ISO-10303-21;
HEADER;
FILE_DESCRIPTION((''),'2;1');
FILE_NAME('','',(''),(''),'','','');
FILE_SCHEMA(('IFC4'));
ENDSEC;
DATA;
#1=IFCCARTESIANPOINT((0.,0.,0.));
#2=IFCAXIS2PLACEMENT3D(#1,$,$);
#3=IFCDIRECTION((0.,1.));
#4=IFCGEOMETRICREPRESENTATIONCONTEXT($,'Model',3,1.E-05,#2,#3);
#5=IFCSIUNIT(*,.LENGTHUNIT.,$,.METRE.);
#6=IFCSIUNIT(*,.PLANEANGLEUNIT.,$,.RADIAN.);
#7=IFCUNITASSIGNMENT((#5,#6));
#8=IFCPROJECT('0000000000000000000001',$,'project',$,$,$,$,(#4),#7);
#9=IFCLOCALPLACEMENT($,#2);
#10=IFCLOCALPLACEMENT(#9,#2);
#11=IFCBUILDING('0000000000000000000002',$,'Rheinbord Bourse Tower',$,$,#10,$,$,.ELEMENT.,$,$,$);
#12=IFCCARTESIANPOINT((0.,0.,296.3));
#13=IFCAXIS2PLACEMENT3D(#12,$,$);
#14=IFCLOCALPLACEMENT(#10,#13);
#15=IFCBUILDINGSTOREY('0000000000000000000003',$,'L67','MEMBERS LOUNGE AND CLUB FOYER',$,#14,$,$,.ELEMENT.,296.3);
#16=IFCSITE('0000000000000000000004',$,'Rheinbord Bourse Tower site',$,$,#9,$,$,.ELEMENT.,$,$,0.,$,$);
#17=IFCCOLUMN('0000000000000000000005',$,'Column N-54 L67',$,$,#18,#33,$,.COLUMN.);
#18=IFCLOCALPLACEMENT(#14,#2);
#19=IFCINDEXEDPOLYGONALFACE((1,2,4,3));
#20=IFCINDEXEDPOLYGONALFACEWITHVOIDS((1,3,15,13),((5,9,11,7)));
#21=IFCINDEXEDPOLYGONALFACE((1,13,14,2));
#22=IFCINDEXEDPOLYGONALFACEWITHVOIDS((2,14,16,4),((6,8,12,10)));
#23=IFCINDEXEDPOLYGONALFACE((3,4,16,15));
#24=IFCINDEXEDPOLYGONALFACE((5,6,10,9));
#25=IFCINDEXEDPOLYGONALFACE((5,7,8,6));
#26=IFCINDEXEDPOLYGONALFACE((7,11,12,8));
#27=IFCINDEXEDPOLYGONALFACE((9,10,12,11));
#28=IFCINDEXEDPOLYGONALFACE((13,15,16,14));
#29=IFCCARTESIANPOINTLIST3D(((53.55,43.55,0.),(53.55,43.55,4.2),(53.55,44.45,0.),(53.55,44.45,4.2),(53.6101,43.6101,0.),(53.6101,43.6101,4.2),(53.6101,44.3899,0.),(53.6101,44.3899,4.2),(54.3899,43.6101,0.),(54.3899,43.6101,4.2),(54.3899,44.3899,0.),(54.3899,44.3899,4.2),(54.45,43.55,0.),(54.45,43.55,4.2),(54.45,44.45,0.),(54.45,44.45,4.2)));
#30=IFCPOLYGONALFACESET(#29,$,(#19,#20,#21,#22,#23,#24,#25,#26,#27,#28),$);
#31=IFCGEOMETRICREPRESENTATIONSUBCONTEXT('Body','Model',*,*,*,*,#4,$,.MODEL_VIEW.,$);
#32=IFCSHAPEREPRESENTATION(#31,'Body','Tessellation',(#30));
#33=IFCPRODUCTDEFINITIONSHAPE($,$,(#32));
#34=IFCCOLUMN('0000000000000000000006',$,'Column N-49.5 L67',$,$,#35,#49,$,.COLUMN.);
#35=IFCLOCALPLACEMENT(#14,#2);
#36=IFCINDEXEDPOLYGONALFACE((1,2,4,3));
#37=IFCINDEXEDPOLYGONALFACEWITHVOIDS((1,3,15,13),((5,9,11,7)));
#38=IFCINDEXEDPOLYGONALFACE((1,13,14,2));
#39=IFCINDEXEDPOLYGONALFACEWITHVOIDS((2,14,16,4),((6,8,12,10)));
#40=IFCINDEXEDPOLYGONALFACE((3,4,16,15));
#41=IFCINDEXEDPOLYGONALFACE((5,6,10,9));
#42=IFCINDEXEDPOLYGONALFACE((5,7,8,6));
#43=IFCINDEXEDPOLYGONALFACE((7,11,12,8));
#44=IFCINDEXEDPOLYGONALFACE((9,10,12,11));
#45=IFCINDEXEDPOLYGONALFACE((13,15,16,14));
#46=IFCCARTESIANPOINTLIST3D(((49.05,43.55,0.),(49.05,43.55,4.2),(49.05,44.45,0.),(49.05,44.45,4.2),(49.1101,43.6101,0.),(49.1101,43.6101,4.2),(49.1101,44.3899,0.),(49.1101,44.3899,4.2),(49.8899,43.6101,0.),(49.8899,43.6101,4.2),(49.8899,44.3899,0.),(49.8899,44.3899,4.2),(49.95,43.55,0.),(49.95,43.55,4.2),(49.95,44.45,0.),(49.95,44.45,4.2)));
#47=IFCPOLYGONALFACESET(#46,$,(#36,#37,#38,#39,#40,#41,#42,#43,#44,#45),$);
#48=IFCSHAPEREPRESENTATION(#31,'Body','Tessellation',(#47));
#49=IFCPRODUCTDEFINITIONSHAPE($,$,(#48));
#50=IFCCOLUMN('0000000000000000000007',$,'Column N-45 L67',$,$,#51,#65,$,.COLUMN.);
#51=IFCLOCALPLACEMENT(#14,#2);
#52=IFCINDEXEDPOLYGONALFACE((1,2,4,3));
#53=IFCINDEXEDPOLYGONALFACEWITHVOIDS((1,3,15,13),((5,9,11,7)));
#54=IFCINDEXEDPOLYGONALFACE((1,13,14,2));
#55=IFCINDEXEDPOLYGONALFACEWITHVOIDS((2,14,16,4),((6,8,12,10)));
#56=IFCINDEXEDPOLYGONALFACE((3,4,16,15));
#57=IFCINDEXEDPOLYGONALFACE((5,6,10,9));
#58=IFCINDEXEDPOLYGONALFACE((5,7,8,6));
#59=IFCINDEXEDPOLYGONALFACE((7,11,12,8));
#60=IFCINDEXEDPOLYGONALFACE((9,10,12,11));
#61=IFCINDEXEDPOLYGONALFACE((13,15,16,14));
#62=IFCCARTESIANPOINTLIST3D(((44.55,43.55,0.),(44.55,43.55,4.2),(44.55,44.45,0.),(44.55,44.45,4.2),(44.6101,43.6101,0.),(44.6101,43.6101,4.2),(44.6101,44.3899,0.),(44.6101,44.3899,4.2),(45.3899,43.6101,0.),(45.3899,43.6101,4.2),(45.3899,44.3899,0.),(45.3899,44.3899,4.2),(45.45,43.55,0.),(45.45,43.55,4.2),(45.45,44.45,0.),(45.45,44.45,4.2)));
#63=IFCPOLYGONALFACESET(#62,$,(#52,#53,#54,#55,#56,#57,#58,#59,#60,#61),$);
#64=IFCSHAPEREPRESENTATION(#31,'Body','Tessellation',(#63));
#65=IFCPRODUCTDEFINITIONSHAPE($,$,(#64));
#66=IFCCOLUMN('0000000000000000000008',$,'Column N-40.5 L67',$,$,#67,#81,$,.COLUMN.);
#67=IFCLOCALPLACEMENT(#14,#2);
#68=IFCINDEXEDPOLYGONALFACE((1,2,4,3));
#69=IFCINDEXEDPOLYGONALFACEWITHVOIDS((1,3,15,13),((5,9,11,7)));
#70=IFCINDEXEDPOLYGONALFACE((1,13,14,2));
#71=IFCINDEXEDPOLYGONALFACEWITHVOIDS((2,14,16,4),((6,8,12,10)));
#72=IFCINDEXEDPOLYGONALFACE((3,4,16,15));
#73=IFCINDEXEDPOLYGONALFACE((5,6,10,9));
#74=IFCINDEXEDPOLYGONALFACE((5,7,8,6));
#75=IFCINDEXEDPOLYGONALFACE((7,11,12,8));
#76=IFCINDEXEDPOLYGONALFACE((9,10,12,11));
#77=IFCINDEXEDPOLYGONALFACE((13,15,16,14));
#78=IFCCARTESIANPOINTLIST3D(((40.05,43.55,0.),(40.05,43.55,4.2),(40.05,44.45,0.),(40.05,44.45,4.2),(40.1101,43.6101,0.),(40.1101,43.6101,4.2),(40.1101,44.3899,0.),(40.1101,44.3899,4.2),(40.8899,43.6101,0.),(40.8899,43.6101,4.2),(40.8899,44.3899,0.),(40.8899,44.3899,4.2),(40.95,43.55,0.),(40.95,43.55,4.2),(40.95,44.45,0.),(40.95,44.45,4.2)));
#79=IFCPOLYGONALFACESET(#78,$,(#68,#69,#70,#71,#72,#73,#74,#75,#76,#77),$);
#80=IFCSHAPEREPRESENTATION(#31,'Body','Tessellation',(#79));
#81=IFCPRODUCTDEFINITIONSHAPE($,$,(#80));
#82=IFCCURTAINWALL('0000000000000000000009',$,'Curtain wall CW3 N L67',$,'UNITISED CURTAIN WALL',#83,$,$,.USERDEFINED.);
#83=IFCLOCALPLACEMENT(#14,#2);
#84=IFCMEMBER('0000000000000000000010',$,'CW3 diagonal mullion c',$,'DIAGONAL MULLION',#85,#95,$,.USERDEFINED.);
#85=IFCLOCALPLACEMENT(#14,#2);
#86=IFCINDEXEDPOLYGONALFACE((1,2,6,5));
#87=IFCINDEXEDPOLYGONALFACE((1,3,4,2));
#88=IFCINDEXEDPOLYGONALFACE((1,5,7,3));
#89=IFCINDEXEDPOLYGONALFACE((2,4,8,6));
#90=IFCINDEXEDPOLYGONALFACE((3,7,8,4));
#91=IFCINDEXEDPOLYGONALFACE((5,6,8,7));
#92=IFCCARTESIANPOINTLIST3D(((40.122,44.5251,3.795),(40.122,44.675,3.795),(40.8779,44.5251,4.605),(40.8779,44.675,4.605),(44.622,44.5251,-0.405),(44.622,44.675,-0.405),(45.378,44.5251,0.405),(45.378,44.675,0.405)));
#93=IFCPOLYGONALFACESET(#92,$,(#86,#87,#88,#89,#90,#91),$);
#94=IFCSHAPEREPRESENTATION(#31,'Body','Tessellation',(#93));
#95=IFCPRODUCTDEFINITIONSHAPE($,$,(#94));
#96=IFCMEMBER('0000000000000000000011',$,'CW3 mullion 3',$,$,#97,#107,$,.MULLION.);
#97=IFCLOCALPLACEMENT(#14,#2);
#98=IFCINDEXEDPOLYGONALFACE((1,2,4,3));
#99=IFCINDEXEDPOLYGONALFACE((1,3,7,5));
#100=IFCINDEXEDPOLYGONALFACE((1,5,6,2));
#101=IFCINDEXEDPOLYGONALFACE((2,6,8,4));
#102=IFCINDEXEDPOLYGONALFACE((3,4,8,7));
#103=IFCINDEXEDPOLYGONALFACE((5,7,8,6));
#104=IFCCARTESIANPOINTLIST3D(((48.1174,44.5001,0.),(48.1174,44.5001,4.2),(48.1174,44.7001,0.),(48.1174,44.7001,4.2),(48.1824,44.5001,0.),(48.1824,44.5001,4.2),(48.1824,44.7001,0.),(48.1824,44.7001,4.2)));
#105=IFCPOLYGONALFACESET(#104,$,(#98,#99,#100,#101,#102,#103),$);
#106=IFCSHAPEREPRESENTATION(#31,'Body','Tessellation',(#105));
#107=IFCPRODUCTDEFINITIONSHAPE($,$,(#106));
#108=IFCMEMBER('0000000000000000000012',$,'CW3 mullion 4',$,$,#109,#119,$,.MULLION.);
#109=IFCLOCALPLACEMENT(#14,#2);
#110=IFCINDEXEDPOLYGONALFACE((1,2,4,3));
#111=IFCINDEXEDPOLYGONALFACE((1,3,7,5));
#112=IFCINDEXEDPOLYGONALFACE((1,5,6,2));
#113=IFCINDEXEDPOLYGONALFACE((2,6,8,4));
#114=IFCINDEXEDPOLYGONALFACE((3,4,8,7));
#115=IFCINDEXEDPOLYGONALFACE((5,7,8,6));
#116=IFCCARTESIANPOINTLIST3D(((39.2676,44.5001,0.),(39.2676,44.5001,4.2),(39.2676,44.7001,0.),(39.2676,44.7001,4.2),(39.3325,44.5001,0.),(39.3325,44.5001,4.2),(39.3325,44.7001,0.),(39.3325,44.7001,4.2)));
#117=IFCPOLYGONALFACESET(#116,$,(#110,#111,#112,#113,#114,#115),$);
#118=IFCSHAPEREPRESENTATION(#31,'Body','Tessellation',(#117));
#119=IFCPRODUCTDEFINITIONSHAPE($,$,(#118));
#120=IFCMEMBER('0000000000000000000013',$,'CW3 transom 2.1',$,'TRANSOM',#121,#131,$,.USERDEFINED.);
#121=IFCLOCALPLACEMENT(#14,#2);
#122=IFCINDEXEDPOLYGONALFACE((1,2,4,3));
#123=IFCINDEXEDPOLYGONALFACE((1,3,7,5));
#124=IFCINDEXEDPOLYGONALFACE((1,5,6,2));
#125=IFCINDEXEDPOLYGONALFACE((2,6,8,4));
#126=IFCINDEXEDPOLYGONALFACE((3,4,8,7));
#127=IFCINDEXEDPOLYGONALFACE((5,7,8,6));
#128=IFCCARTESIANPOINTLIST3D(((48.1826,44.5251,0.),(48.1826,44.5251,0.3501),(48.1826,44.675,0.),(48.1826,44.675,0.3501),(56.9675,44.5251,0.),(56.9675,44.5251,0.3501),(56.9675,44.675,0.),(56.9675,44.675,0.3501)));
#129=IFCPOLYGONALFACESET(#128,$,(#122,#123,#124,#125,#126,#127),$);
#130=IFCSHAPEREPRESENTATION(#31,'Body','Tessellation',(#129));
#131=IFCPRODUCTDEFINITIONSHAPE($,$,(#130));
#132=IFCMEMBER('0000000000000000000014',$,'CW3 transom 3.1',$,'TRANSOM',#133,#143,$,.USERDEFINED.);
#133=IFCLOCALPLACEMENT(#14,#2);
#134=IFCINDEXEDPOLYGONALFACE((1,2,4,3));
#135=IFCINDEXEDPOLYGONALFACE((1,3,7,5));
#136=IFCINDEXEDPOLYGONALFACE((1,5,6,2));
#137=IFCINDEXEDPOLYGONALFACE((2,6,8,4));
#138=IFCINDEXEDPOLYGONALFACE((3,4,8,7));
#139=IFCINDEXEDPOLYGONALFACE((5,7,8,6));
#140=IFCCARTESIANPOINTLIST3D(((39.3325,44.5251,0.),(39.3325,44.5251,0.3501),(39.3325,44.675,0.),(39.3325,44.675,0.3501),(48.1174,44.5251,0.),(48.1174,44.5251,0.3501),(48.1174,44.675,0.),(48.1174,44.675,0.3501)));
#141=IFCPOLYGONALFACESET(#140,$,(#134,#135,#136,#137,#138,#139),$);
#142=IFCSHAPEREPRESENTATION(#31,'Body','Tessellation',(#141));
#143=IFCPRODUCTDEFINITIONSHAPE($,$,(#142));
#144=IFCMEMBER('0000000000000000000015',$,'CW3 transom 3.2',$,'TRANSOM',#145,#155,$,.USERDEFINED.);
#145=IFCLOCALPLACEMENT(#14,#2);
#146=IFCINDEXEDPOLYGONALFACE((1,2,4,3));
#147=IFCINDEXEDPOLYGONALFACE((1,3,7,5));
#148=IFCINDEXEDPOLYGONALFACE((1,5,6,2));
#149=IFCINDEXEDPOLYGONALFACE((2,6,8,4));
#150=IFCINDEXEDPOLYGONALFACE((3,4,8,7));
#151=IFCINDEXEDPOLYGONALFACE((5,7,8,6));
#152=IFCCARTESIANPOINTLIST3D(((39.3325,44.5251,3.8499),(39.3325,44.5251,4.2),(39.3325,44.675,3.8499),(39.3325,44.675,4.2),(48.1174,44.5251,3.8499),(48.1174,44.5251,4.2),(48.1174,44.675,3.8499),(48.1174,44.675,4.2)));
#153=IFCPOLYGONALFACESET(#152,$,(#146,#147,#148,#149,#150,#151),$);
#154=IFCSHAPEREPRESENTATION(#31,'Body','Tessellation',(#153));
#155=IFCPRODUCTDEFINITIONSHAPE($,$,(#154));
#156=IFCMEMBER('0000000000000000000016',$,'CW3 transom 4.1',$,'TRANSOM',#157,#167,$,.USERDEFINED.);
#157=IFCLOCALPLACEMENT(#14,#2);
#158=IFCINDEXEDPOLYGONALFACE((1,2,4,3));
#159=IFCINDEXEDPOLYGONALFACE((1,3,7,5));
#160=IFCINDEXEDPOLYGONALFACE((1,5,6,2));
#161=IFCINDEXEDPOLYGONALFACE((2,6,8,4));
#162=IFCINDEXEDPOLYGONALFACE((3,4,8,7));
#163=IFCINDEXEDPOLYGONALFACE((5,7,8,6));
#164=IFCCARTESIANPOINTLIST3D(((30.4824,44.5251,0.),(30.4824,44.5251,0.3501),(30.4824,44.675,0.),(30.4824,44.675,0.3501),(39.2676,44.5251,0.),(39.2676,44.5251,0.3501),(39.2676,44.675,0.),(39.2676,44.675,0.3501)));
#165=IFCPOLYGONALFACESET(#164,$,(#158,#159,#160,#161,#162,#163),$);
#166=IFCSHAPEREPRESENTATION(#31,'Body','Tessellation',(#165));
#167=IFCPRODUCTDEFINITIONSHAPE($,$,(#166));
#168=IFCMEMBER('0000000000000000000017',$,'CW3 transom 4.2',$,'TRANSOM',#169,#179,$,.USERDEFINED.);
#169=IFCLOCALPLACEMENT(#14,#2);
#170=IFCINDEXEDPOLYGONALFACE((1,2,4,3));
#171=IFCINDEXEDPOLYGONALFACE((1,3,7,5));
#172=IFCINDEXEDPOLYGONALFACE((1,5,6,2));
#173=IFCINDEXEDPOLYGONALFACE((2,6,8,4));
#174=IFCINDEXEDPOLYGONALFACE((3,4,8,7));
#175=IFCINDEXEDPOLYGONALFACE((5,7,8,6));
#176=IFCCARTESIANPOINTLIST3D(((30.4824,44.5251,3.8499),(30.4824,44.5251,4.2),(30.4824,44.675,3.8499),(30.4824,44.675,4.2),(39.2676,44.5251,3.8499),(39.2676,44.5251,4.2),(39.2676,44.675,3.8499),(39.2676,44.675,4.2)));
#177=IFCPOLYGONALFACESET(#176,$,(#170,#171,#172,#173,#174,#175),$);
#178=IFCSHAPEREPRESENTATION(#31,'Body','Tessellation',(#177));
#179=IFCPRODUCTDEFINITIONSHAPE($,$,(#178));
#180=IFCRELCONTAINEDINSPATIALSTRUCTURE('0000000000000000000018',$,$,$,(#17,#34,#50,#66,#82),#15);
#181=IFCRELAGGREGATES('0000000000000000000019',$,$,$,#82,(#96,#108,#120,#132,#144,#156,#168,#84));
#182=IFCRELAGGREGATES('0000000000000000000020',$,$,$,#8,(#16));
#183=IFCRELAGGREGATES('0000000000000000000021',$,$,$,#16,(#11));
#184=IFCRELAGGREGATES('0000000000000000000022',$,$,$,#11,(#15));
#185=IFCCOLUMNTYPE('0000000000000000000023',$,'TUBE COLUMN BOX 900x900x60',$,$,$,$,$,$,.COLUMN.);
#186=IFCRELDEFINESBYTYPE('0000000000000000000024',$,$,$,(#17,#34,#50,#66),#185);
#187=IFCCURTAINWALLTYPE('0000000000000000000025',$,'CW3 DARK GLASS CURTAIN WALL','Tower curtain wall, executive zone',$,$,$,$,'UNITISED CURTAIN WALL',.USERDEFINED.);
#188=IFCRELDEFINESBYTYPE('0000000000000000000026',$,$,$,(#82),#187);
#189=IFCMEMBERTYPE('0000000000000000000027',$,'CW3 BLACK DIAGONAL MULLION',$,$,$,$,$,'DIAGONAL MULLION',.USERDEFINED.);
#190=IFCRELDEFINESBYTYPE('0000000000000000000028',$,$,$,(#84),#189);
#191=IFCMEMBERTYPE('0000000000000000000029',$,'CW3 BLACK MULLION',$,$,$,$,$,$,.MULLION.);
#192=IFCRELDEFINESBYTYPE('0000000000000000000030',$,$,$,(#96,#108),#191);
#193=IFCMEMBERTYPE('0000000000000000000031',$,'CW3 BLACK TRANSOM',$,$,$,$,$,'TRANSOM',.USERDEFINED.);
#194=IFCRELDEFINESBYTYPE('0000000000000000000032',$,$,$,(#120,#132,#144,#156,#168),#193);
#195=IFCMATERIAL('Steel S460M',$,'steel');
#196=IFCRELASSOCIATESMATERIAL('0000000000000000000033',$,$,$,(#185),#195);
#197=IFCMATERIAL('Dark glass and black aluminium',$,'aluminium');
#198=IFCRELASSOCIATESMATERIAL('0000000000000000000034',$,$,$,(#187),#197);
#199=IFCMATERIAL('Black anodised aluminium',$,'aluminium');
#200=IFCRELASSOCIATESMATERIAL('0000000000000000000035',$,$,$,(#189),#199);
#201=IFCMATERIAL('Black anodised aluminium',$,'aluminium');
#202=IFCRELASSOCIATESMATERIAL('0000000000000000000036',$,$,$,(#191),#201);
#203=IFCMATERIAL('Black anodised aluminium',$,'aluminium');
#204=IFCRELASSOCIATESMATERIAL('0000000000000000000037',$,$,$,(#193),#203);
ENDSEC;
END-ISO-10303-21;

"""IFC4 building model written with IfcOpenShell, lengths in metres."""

from ifc_helpers import new_model, si_unit, direction, frame, origin, origin_2d, place, context, subcontext, project, spatial, rectangle, hollow_rectangle, extrude, material, material_profile, profile_set, type_object, element, aggregate, save


model = new_model("IFC4")

# Units and contexts
model_context = context("Model", 3, precision=1e-05, world=origin(), true_north=direction((0.0, 1.0)))
body_context = subcontext(model_context, "Body", "Model", "MODEL_VIEW")
ifc_project = project(units=[si_unit("LENGTHUNIT", "METRE"), si_unit("PLANEANGLEUNIT", "RADIAN")], contexts=[model_context])

# Site, building, storey
site_placement = place(None, origin())
site = spatial("IfcSite", under=ifc_project, at=site_placement, Name="Rheinbord Bourse Tower site", CompositionType="ELEMENT", RefElevation=0.0)
building_placement = place(site_placement, origin())
building = spatial("IfcBuilding", under=site, at=building_placement, Name="Rheinbord Bourse Tower", CompositionType="ELEMENT")
storey_placement = place(building_placement, frame((0.0, 0.0, 296.3)))
storey = spatial("IfcBuildingStorey", under=building, at=storey_placement, Name="L67", Description="MEMBERS LOUNGE AND CLUB FOYER", CompositionType="ELEMENT", Elevation=296.3)

# Columns
ifc_material_1 = material(Name="Steel S460M", Category="steel")
ifc_material_profile_1 = material_profile(ifc_material_1, hollow_rectangle(XDim=0.8999, YDim=0.8999, WallThickness=0.0601, at=origin_2d()), Name="BOX 900x900x60")
ifc_profile_set_1 = profile_set([ifc_material_profile_1], Name="Steel S460M")
column_type = type_object("IfcColumnType", Name="TUBE COLUMN BOX 900x900x60", PredefinedType="COLUMN", material=ifc_profile_set_1)
for number, where, z_axis, x_axis, name in (
    (1, (54.0, 44.0, 0.0), (0.0, 0.0, 1.0), (0.0, 1.0, 0.0), "Column N-54 L67"),
    (2, (49.5, 44.0, 0.0), (0.0, 0.0, 1.0), (0.0, 1.0, 0.0), "Column N-49.5 L67"),
    (3, (45.0, 44.0, 0.0), (0.0, 0.0, 1.0), (0.0, 1.0, 0.0), "Column N-45 L67"),
    (4, (40.5, 44.0, 0.0), (0.0, 0.0, 1.0), (0.0, 1.0, 0.0), "Column N-40.5 L67"),
):
    element("IfcColumn", number, at=place(storey_placement, frame(where, z_axis=z_axis, x_axis=x_axis)), inside=storey, type_object=column_type, Name=name, PredefinedType="COLUMN", context=body_context, shape_type="SweptSolid", body=[
        extrude(hollow_rectangle(XDim=0.8999, YDim=0.8999, WallThickness=0.0601, at=origin_2d()), origin(), (0.0, 0.0, 1.0), 4.2),
    ])

# Curtain wall, members
ifc_material_2 = material(Name="Dark glass and black aluminium", Category="aluminium")
curtain_wall_type = type_object("IfcCurtainWallType", Name="CW3 DARK GLASS CURTAIN WALL", Description="Tower curtain wall, executive zone", ElementType="UNITISED CURTAIN WALL", PredefinedType="USERDEFINED", material=ifc_material_2)
curtain_wall_placement = place(storey_placement, origin())
curtain_wall = element("IfcCurtainWall", 5, at=curtain_wall_placement, inside=storey, type_object=curtain_wall_type, Name="Curtain wall CW3 N L67", ObjectType="UNITISED CURTAIN WALL", PredefinedType="USERDEFINED")
ifc_material_3 = material(Name="Black anodised aluminium", Category="aluminium")
ifc_material_profile_2 = material_profile(ifc_material_3, rectangle(XDim=0.1499, YDim=1.1079, at=origin_2d()), Name="CW3 DIAGONAL MULLION 1108x150")
ifc_profile_set_2 = profile_set([ifc_material_profile_2], Name="Black anodised aluminium")
member_type_1 = type_object("IfcMemberType", Name="CW3 BLACK DIAGONAL MULLION", ElementType="DIAGONAL MULLION", PredefinedType="USERDEFINED", material=ifc_profile_set_2)
member_1_placement = place(storey_placement, frame((45.0, 44.6001, 0.0), z_axis=(-0.731059, 0.0, 0.682314), x_axis=(0.0, -1.0, 0.0)))
member_1 = element("IfcMember", 6, at=member_1_placement, type_object=member_type_1, Name="CW3 diagonal mullion c", ObjectType="DIAGONAL MULLION", PredefinedType="USERDEFINED", context=body_context, shape_type="SweptSolid", body=[
    extrude(rectangle(XDim=0.1499, YDim=1.1079, at=origin_2d()), origin(), (0.0, 0.0, 1.0), 6.1555),
])
ifc_material_4 = material(Name="Black anodised aluminium", Category="aluminium")
ifc_material_profile_3 = material_profile(ifc_material_4, rectangle(XDim=0.2, YDim=0.0649, at=origin_2d()), Name="CW3 MULLION 65x200")
ifc_profile_set_3 = profile_set([ifc_material_profile_3], Name="Black anodised aluminium")
member_type_2 = type_object("IfcMemberType", Name="CW3 BLACK MULLION", PredefinedType="MULLION", material=ifc_profile_set_3)
member_2_placement = place(storey_placement, frame((48.1499, 44.6001, 0.0), z_axis=(0.0, 0.0, 1.0), x_axis=(0.0, -1.0, 0.0)))
member_2 = element("IfcMember", 7, at=member_2_placement, type_object=member_type_2, Name="CW3 mullion 3", PredefinedType="MULLION", context=body_context, shape_type="SweptSolid", body=[
    extrude(rectangle(XDim=0.2, YDim=0.0649, at=origin_2d()), origin(), (0.0, 0.0, 1.0), 4.2),
])
member_3_placement = place(storey_placement, frame((39.3, 44.6001, 0.0), z_axis=(0.0, 0.0, 1.0), x_axis=(0.0, -1.0, 0.0)))
member_3 = element("IfcMember", 8, at=member_3_placement, type_object=member_type_2, Name="CW3 mullion 4", PredefinedType="MULLION", context=body_context, shape_type="SweptSolid", body=[
    extrude(rectangle(XDim=0.2, YDim=0.0649, at=origin_2d()), origin(), (0.0, 0.0, 1.0), 4.2),
])
ifc_material_5 = material(Name="Black anodised aluminium", Category="aluminium")
ifc_material_profile_4 = material_profile(ifc_material_5, rectangle(XDim=0.1499, YDim=0.3501, at=origin_2d()), Name="CW3 TRANSOM 350x150")
ifc_profile_set_4 = profile_set([ifc_material_profile_4], Name="Black anodised aluminium")
member_type_3 = type_object("IfcMemberType", Name="CW3 BLACK TRANSOM", ElementType="TRANSOM", PredefinedType="USERDEFINED", material=ifc_profile_set_4)
member_4_placement = place(storey_placement, frame((56.9675, 44.6001, 0.175), z_axis=(-1.0, 0.0, 0.0), x_axis=(0.0, -1.0, 0.0)))
member_4 = element("IfcMember", 9, at=member_4_placement, type_object=member_type_3, Name="CW3 transom 2.1", ObjectType="TRANSOM", PredefinedType="USERDEFINED", context=body_context, shape_type="SweptSolid", body=[
    extrude(rectangle(XDim=0.1499, YDim=0.3501, at=origin_2d()), origin(), (0.0, 0.0, 1.0), 8.7849),
])
member_5_placement = place(storey_placement, frame((48.1174, 44.6001, 0.175), z_axis=(-1.0, 0.0, 0.0), x_axis=(0.0, -1.0, 0.0)))
member_5 = element("IfcMember", 10, at=member_5_placement, type_object=member_type_3, Name="CW3 transom 3.1", ObjectType="TRANSOM", PredefinedType="USERDEFINED", context=body_context, shape_type="SweptSolid", body=[
    extrude(rectangle(XDim=0.1499, YDim=0.3501, at=origin_2d()), origin(), (0.0, 0.0, 1.0), 8.7849),
])
member_6_placement = place(storey_placement, frame((48.1174, 44.6001, 4.0249), z_axis=(-1.0, 0.0, 0.0), x_axis=(0.0, -1.0, 0.0)))
member_6 = element("IfcMember", 11, at=member_6_placement, type_object=member_type_3, Name="CW3 transom 3.2", ObjectType="TRANSOM", PredefinedType="USERDEFINED", context=body_context, shape_type="SweptSolid", body=[
    extrude(rectangle(XDim=0.1499, YDim=0.3501, at=origin_2d()), origin(), (0.0, 0.0, 1.0), 8.7849),
])
member_7_placement = place(storey_placement, frame((39.2676, 44.6001, 0.175), z_axis=(-1.0, 0.0, 0.0), x_axis=(0.0, -1.0, 0.0)))
member_7 = element("IfcMember", 12, at=member_7_placement, type_object=member_type_3, Name="CW3 transom 4.1", ObjectType="TRANSOM", PredefinedType="USERDEFINED", context=body_context, shape_type="SweptSolid", body=[
    extrude(rectangle(XDim=0.1499, YDim=0.3501, at=origin_2d()), origin(), (0.0, 0.0, 1.0), 8.7852),
])
member_8_placement = place(storey_placement, frame((39.2676, 44.6001, 4.0249), z_axis=(-1.0, 0.0, 0.0), x_axis=(0.0, -1.0, 0.0)))
member_8 = element("IfcMember", 13, at=member_8_placement, type_object=member_type_3, Name="CW3 transom 4.2", ObjectType="TRANSOM", PredefinedType="USERDEFINED", context=body_context, shape_type="SweptSolid", body=[
    extrude(rectangle(XDim=0.1499, YDim=0.3501, at=origin_2d()), origin(), (0.0, 0.0, 1.0), 8.7852),
])

aggregate(curtain_wall, [member_2, member_3, member_4, member_5, member_6, member_7, member_8, member_1])

save(model, "model.ifc")
